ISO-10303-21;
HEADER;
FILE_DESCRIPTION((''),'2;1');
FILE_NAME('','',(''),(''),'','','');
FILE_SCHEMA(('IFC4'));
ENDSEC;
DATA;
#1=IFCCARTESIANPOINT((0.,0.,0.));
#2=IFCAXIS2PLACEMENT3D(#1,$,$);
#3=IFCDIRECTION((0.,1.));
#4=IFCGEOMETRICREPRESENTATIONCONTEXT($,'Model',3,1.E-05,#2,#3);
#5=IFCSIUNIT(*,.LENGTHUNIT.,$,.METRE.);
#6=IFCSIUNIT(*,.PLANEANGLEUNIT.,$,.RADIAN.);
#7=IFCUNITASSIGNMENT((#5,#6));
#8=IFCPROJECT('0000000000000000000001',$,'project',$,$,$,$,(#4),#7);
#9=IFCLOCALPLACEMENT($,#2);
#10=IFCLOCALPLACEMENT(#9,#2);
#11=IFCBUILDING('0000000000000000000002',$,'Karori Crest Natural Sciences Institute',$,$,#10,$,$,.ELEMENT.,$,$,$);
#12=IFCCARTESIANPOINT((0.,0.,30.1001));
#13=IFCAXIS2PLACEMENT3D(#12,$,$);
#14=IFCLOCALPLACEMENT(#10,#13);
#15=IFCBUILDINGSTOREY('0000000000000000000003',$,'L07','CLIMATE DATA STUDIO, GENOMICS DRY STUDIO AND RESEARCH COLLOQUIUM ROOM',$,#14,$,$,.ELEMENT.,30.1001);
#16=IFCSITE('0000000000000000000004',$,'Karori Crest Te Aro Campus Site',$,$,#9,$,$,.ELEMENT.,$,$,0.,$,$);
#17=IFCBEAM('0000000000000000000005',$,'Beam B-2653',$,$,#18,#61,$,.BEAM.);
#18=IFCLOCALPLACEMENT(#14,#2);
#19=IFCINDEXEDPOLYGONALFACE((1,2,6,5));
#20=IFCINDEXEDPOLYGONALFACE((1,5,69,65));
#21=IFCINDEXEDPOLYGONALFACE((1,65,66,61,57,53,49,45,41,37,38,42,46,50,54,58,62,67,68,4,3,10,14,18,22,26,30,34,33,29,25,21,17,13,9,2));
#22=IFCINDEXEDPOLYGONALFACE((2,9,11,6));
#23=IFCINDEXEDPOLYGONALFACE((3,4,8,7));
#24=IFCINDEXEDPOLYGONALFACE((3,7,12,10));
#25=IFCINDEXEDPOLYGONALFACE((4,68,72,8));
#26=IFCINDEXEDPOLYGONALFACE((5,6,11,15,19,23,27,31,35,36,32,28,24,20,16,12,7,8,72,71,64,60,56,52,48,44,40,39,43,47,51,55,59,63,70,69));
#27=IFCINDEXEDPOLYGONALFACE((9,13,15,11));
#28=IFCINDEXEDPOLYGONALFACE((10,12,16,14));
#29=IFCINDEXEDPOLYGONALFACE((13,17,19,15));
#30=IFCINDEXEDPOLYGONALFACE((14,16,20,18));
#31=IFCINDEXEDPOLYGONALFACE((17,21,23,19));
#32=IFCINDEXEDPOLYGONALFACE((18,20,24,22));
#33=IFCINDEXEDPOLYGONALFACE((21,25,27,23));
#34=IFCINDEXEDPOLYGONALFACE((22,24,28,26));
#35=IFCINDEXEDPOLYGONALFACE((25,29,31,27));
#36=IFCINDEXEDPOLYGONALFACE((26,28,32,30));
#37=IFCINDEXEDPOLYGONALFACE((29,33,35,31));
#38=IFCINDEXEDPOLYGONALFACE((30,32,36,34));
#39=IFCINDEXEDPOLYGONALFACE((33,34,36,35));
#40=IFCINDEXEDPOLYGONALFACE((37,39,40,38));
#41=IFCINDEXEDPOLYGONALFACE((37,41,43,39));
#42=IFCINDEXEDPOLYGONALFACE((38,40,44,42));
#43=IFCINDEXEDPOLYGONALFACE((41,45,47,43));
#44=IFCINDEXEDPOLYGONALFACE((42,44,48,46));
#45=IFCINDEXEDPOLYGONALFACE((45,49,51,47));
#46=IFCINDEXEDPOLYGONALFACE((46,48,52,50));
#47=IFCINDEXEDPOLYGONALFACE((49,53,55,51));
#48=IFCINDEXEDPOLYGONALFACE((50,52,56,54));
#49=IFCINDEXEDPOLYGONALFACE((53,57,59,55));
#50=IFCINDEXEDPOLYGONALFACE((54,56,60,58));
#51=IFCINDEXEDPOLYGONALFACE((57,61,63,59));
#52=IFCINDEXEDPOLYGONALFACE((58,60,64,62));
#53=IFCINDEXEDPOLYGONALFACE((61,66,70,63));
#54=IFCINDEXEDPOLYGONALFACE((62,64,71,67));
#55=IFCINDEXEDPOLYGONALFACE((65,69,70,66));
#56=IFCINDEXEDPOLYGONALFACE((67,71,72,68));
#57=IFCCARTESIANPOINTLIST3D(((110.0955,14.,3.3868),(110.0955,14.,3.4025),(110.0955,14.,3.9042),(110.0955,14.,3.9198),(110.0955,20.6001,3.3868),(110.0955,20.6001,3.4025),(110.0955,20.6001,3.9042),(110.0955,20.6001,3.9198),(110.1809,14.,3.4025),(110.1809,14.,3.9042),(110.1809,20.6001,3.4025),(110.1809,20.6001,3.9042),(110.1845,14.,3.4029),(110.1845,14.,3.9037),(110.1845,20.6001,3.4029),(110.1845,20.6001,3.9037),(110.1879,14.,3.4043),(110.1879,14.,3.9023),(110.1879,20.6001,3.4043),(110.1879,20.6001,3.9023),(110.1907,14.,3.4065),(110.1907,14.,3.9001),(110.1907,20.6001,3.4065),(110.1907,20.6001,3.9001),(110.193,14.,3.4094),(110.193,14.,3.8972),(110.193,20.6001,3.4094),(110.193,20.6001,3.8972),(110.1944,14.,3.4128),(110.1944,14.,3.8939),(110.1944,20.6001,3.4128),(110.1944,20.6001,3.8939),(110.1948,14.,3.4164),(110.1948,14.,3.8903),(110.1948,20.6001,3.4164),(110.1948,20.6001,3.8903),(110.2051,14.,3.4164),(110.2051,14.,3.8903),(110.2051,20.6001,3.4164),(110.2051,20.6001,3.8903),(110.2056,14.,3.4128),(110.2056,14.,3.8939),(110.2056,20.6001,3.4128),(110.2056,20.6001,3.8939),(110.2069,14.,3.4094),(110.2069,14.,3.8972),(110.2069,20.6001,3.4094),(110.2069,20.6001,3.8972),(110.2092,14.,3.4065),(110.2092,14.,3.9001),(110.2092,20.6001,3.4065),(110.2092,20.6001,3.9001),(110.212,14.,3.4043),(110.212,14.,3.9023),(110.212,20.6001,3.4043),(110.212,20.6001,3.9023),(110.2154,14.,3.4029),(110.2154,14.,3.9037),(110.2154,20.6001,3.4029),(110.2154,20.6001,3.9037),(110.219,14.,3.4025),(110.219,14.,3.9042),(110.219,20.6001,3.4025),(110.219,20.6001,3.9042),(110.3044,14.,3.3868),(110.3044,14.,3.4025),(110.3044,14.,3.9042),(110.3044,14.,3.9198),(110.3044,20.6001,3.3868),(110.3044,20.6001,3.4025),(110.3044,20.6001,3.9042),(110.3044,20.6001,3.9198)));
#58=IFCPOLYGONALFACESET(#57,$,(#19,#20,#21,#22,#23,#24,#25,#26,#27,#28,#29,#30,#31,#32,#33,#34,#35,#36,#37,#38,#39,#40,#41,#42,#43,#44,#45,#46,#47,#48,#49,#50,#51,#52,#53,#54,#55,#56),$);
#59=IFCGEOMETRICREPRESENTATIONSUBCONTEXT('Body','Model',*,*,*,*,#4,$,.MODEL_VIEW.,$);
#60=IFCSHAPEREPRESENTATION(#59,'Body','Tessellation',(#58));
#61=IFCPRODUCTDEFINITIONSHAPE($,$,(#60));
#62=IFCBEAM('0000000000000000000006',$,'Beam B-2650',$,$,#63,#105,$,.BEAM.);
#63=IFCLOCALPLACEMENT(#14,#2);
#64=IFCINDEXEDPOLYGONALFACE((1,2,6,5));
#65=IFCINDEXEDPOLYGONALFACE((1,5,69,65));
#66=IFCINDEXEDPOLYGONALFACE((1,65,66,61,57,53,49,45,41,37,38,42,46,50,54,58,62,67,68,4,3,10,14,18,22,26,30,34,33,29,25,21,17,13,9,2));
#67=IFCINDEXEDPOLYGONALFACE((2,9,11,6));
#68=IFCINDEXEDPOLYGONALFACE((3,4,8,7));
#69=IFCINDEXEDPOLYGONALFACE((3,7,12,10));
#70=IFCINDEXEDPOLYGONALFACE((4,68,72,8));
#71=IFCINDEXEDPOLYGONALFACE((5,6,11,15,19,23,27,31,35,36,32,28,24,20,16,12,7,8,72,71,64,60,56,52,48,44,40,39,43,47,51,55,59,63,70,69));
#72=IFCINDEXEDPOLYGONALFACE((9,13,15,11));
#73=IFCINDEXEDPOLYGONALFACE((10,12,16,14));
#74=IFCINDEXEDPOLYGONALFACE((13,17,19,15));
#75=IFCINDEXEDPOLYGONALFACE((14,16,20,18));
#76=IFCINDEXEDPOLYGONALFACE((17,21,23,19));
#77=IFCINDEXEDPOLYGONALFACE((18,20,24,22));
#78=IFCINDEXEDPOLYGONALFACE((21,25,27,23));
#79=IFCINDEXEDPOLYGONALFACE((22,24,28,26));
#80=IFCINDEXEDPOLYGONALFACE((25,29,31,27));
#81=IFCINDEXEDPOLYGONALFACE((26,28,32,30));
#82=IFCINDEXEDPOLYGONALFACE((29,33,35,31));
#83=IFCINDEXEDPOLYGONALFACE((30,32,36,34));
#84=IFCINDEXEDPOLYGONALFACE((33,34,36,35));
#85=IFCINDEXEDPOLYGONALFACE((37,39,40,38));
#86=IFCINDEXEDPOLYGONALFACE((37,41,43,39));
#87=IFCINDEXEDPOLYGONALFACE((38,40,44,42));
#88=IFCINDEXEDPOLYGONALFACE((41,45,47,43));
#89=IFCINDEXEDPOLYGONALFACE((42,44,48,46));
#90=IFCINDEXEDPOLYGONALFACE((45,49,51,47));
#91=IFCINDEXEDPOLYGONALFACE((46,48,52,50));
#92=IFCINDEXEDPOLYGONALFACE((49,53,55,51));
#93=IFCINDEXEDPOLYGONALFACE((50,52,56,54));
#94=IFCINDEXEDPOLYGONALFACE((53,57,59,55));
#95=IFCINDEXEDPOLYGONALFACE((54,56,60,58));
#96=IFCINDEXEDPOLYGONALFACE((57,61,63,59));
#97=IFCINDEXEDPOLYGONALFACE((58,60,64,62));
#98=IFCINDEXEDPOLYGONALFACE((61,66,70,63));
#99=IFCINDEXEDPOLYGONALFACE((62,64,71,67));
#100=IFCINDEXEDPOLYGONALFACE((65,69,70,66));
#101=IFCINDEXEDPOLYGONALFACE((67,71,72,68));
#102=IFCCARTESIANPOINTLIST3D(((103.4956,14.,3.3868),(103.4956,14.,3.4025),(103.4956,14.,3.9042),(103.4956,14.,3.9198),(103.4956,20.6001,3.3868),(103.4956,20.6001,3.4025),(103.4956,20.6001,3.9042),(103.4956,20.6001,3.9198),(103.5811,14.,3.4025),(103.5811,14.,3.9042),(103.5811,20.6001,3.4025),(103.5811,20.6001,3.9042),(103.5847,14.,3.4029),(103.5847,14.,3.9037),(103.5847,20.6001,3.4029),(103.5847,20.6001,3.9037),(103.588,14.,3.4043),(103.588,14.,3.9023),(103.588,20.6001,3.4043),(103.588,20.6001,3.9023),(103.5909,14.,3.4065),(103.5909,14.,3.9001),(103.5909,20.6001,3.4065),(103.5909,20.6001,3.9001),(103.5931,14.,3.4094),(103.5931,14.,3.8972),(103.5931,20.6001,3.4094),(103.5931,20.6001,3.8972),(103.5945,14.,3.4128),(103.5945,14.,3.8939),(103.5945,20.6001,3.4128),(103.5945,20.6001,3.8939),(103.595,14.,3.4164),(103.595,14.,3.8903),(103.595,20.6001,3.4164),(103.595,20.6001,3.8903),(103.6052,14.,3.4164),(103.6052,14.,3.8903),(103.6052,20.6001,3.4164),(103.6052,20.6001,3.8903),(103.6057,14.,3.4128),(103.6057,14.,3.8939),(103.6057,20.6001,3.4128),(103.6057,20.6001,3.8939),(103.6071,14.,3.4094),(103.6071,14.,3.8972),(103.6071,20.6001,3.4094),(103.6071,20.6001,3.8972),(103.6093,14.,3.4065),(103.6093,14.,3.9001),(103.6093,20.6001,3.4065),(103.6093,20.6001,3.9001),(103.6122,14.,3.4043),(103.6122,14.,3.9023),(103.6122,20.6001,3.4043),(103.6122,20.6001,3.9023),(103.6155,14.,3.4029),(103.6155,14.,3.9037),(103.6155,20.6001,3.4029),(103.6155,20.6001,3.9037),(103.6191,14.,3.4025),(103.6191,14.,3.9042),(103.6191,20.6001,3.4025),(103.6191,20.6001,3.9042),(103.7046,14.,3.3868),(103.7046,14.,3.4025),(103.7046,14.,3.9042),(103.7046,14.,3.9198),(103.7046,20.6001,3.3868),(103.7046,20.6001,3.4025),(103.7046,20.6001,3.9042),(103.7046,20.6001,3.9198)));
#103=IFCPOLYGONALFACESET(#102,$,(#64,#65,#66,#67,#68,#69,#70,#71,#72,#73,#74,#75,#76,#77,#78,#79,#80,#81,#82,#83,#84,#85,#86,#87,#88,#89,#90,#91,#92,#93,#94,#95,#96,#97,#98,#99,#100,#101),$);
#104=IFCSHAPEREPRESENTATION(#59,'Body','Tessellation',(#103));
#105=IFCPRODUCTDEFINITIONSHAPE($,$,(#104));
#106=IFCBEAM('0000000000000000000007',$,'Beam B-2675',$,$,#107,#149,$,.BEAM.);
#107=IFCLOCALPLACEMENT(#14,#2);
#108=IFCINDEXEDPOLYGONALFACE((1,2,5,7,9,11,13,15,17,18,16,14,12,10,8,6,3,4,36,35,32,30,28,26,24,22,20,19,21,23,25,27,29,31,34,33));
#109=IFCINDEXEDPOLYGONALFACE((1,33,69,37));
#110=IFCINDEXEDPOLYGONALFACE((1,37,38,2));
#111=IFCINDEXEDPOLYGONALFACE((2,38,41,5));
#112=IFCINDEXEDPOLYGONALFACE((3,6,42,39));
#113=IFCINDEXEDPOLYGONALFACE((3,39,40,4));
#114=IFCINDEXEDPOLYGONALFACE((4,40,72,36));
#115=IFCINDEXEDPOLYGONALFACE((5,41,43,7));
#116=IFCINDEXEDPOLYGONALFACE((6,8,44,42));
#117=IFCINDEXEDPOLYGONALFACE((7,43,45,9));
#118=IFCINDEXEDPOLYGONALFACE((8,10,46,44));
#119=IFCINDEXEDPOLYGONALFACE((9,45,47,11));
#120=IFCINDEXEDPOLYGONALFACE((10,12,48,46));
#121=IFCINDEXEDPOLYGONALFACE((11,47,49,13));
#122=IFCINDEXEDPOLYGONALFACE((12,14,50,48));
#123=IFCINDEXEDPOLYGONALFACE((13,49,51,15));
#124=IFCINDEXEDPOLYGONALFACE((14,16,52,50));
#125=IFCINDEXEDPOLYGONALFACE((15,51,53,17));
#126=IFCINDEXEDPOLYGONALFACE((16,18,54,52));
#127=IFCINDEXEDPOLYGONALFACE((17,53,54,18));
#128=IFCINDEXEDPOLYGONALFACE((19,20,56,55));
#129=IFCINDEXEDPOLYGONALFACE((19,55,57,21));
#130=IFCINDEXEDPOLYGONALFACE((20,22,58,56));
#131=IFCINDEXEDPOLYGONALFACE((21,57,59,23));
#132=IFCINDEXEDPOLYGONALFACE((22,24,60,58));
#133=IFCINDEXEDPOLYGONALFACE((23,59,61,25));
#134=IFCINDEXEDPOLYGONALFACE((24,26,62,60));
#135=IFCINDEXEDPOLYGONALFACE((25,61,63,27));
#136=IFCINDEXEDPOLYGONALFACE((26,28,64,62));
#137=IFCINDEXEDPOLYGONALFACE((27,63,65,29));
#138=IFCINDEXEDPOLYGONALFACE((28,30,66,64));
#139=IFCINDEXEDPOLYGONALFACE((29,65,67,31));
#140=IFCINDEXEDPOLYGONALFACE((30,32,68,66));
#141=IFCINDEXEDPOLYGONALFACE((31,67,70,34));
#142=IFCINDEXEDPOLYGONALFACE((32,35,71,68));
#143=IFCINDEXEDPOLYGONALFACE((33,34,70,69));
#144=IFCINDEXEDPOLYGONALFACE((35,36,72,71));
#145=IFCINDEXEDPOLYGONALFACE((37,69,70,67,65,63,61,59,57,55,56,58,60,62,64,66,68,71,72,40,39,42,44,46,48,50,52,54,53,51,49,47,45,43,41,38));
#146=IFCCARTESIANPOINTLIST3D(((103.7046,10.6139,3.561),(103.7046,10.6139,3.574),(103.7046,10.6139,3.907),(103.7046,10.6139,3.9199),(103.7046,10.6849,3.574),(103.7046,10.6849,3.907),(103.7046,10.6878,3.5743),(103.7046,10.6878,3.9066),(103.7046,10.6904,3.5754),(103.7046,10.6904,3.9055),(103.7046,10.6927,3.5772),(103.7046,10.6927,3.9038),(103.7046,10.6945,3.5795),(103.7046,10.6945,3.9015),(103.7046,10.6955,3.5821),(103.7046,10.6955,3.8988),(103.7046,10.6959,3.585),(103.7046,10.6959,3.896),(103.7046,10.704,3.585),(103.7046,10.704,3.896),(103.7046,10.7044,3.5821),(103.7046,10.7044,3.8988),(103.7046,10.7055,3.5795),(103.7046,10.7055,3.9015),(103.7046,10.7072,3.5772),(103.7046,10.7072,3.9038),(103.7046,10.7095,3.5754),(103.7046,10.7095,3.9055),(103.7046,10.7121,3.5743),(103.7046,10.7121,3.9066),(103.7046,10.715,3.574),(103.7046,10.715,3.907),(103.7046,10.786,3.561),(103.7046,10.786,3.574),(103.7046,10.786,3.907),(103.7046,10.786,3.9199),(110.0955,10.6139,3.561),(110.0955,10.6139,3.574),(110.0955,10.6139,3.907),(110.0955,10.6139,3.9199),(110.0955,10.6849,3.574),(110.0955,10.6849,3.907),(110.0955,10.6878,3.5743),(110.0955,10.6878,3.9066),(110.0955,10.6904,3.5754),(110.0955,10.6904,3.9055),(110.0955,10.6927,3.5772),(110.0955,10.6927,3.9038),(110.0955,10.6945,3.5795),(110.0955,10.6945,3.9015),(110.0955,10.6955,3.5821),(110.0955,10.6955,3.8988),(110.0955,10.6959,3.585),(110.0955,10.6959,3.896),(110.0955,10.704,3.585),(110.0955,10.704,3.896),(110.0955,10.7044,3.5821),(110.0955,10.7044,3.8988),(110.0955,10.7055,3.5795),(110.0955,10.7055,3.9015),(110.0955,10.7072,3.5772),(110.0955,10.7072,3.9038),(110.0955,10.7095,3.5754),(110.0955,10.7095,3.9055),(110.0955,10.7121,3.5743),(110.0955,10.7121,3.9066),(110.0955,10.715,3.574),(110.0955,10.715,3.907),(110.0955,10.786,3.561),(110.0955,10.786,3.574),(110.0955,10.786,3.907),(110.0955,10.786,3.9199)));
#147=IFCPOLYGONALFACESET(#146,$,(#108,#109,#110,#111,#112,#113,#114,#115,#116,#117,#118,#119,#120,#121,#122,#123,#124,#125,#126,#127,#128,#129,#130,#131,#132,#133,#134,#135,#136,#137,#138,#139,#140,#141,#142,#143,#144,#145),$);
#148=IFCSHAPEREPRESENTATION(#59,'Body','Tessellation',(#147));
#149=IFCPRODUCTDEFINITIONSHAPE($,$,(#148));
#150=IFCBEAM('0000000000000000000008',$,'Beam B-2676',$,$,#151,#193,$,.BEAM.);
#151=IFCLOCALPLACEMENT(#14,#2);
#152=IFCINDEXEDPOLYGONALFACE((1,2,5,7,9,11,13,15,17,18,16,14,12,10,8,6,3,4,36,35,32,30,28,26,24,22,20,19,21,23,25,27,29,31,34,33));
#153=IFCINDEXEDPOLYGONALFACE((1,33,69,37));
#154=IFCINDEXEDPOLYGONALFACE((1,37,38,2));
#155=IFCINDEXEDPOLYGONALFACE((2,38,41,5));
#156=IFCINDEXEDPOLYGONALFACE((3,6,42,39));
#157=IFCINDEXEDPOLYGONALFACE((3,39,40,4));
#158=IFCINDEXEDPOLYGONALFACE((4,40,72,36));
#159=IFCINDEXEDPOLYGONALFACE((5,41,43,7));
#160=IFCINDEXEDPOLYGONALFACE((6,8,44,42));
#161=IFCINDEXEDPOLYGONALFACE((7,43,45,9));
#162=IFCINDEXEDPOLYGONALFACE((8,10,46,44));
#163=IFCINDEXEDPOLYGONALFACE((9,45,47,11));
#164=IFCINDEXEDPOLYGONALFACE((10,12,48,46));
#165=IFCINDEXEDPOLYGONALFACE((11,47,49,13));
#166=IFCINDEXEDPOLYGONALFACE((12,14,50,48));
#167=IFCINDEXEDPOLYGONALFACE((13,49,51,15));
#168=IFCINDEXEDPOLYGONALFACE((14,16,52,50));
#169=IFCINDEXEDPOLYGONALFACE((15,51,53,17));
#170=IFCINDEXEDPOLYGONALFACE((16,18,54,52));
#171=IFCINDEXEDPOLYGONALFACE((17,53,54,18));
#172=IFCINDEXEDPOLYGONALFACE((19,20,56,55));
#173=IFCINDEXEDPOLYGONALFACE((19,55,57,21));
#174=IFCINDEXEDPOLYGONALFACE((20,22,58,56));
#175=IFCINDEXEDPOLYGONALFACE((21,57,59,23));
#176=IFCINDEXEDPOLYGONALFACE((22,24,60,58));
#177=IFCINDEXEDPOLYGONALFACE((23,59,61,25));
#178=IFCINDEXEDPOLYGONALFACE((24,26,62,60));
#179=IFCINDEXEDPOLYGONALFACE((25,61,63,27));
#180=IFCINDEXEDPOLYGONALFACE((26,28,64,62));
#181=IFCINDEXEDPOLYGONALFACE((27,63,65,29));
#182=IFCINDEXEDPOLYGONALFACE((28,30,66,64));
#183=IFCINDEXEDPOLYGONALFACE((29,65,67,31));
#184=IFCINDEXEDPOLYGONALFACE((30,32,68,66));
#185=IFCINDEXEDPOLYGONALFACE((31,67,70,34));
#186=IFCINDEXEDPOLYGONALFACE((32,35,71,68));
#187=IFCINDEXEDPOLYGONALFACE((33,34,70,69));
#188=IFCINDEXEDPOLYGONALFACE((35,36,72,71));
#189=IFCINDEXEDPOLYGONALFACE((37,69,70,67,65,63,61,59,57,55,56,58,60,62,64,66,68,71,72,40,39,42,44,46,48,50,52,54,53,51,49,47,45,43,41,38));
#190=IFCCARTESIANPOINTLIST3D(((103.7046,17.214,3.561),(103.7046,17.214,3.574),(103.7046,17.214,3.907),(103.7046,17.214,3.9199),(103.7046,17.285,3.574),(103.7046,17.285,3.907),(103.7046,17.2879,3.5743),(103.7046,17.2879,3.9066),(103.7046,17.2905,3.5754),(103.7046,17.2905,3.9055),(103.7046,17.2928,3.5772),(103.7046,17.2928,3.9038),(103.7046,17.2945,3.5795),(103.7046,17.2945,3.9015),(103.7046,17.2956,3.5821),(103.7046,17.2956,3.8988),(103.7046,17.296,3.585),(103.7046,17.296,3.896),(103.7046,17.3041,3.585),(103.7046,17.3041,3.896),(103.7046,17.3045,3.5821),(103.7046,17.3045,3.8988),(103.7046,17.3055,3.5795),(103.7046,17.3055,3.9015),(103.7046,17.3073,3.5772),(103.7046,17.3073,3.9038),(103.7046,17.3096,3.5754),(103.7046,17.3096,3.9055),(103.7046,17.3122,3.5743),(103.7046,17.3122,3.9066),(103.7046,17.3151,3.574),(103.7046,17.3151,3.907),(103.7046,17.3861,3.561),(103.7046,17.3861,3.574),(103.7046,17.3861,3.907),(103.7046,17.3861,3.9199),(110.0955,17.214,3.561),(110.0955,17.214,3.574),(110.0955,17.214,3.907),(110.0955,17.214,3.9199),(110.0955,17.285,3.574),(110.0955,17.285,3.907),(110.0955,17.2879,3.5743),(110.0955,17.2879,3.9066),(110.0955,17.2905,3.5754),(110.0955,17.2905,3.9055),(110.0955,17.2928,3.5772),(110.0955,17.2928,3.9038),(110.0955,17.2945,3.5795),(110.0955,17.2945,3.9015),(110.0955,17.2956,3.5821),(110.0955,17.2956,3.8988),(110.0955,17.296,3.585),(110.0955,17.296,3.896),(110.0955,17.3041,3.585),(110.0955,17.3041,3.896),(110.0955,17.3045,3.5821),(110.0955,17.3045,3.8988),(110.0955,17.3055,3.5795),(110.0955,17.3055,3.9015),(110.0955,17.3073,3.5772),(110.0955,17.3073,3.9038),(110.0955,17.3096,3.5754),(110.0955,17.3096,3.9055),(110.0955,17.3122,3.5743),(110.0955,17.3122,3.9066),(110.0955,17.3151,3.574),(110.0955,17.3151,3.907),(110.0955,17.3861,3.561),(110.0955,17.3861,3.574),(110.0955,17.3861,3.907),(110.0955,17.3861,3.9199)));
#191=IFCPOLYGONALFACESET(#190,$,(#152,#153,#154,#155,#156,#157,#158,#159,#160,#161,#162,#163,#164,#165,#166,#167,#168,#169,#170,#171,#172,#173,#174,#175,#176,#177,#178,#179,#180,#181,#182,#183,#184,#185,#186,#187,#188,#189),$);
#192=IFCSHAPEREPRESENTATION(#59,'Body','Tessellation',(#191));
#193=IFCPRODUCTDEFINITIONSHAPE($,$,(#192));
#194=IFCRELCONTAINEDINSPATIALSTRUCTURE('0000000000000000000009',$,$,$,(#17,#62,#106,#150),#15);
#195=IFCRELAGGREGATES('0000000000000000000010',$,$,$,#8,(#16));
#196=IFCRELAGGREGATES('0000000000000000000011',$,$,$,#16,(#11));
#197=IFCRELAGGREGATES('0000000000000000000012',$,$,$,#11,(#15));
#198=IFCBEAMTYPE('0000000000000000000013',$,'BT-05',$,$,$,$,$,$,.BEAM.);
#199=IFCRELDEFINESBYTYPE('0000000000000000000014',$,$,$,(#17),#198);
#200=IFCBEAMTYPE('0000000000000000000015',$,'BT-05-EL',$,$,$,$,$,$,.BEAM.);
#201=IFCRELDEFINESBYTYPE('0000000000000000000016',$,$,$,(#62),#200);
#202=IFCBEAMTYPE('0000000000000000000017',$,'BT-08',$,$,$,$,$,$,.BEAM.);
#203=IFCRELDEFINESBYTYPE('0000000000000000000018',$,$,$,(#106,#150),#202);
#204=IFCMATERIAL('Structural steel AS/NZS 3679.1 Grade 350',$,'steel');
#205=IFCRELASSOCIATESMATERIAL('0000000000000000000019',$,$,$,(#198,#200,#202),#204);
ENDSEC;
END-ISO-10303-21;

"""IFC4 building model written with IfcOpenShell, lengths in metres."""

from ifc_helpers import new_model, si_unit, direction, frame, origin, origin_2d, place, context, subcontext, project, spatial, i_section, extrude, material, material_profile, profile_set, type_object, element, save


model = new_model("IFC4")

# Units and contexts
model_context = context("Model", 3, precision=1e-05, world=origin(), true_north=direction((0.0, 1.0)))
body_context = subcontext(model_context, "Body", "Model", "MODEL_VIEW")
ifc_project = project(units=[si_unit("LENGTHUNIT", "METRE"), si_unit("PLANEANGLEUNIT", "RADIAN")], contexts=[model_context])

# Site, building, storey
site_placement = place(None, origin())
site = spatial("IfcSite", under=ifc_project, at=site_placement, Name="Karori Crest Te Aro Campus Site", CompositionType="ELEMENT", RefElevation=0.0)
building_placement = place(site_placement, origin())
building = spatial("IfcBuilding", under=site, at=building_placement, Name="Karori Crest Natural Sciences Institute", CompositionType="ELEMENT")
storey_placement = place(building_placement, frame((0.0, 0.0, 30.1001)))
storey = spatial("IfcBuildingStorey", under=building, at=storey_placement, Name="L07", Description="CLIMATE DATA STUDIO, GENOMICS DRY STUDIO AND RESEARCH COLLOQUIUM ROOM", CompositionType="ELEMENT", Elevation=30.1001)

# Shared definitions
ifc_material_1 = material(Name="Structural steel AS/NZS 3679.1 Grade 350", Category="steel")

# Beams
ifc_material_profile_1 = material_profile(ifc_material_1, i_section(OverallWidth=0.209, OverallDepth=0.533, WebThickness=0.0103, FlangeThickness=0.0156, FilletRadius=0.0139, at=origin_2d()), Name="530UB92.4")
ifc_profile_set_1 = profile_set([ifc_material_profile_1], Name="Structural steel AS/NZS 3679.1 Grade 350")
beam_type_1 = type_object("IfcBeamType", Name="BT-05", PredefinedType="BEAM", material=ifc_profile_set_1)
beam_1_placement = place(storey_placement, frame((110.2, 14.0, 3.6533), z_axis=(0.0, 1.0, 0.0), x_axis=(-1.0, 0.0, 0.0)))
element("IfcBeam", 1, at=beam_1_placement, inside=storey, type_object=beam_type_1, Name="Beam B-2653", PredefinedType="BEAM", context=body_context, shape_type="SweptSolid", body=[
    extrude(i_section(OverallWidth=0.209, OverallDepth=0.533, WebThickness=0.0103, FlangeThickness=0.0156, FilletRadius=0.0139, at=origin_2d()), origin(), (0.0, 0.0, 1.0), 6.6001),
])
ifc_material_profile_2 = material_profile(ifc_material_1, i_section(OverallWidth=0.209, OverallDepth=0.533, WebThickness=0.0103, FlangeThickness=0.0156, FilletRadius=0.0139, at=origin_2d()), Name="530UB92.4")
ifc_profile_set_2 = profile_set([ifc_material_profile_2], Name="Structural steel AS/NZS 3679.1 Grade 350")
beam_type_2 = type_object("IfcBeamType", Name="BT-05-EL", PredefinedType="BEAM", material=ifc_profile_set_2)
beam_2_placement = place(storey_placement, frame((103.6001, 14.0, 3.6533), z_axis=(0.0, 1.0, 0.0), x_axis=(-1.0, 0.0, 0.0)))
element("IfcBeam", 2, at=beam_2_placement, inside=storey, type_object=beam_type_2, Name="Beam B-2650", PredefinedType="BEAM", context=body_context, shape_type="SweptSolid", body=[
    extrude(i_section(OverallWidth=0.209, OverallDepth=0.533, WebThickness=0.0103, FlangeThickness=0.0156, FilletRadius=0.0139, at=origin_2d()), origin(), (0.0, 0.0, 1.0), 6.6001),
])
ifc_material_profile_3 = material_profile(ifc_material_1, i_section(OverallWidth=0.1721, OverallDepth=0.3589, WebThickness=0.0081, FlangeThickness=0.0129, FilletRadius=0.011, at=origin_2d()), Name="360UB56.7")
ifc_profile_set_3 = profile_set([ifc_material_profile_3], Name="Structural steel AS/NZS 3679.1 Grade 350")
beam_type_3 = type_object("IfcBeamType", Name="BT-08", PredefinedType="BEAM", material=ifc_profile_set_3)
for number, where, z_axis, x_axis, name in (
    (3, (103.7046, 10.7, 3.7405), (1.0, 0.0, 0.0), (0.0, 1.0, 0.0), "Beam B-2675"),
    (4, (103.7046, 17.3, 3.7405), (1.0, 0.0, 0.0), (0.0, 1.0, 0.0), "Beam B-2676"),
):
    element("IfcBeam", number, at=place(storey_placement, frame(where, z_axis=z_axis, x_axis=x_axis)), inside=storey, type_object=beam_type_3, Name=name, PredefinedType="BEAM", context=body_context, shape_type="SweptSolid", body=[
        extrude(i_section(OverallWidth=0.1721, OverallDepth=0.3589, WebThickness=0.0081, FlangeThickness=0.0129, FilletRadius=0.011, at=origin_2d()), origin(), (0.0, 0.0, 1.0), 6.3909),
    ])

save(model, "model.ifc")
